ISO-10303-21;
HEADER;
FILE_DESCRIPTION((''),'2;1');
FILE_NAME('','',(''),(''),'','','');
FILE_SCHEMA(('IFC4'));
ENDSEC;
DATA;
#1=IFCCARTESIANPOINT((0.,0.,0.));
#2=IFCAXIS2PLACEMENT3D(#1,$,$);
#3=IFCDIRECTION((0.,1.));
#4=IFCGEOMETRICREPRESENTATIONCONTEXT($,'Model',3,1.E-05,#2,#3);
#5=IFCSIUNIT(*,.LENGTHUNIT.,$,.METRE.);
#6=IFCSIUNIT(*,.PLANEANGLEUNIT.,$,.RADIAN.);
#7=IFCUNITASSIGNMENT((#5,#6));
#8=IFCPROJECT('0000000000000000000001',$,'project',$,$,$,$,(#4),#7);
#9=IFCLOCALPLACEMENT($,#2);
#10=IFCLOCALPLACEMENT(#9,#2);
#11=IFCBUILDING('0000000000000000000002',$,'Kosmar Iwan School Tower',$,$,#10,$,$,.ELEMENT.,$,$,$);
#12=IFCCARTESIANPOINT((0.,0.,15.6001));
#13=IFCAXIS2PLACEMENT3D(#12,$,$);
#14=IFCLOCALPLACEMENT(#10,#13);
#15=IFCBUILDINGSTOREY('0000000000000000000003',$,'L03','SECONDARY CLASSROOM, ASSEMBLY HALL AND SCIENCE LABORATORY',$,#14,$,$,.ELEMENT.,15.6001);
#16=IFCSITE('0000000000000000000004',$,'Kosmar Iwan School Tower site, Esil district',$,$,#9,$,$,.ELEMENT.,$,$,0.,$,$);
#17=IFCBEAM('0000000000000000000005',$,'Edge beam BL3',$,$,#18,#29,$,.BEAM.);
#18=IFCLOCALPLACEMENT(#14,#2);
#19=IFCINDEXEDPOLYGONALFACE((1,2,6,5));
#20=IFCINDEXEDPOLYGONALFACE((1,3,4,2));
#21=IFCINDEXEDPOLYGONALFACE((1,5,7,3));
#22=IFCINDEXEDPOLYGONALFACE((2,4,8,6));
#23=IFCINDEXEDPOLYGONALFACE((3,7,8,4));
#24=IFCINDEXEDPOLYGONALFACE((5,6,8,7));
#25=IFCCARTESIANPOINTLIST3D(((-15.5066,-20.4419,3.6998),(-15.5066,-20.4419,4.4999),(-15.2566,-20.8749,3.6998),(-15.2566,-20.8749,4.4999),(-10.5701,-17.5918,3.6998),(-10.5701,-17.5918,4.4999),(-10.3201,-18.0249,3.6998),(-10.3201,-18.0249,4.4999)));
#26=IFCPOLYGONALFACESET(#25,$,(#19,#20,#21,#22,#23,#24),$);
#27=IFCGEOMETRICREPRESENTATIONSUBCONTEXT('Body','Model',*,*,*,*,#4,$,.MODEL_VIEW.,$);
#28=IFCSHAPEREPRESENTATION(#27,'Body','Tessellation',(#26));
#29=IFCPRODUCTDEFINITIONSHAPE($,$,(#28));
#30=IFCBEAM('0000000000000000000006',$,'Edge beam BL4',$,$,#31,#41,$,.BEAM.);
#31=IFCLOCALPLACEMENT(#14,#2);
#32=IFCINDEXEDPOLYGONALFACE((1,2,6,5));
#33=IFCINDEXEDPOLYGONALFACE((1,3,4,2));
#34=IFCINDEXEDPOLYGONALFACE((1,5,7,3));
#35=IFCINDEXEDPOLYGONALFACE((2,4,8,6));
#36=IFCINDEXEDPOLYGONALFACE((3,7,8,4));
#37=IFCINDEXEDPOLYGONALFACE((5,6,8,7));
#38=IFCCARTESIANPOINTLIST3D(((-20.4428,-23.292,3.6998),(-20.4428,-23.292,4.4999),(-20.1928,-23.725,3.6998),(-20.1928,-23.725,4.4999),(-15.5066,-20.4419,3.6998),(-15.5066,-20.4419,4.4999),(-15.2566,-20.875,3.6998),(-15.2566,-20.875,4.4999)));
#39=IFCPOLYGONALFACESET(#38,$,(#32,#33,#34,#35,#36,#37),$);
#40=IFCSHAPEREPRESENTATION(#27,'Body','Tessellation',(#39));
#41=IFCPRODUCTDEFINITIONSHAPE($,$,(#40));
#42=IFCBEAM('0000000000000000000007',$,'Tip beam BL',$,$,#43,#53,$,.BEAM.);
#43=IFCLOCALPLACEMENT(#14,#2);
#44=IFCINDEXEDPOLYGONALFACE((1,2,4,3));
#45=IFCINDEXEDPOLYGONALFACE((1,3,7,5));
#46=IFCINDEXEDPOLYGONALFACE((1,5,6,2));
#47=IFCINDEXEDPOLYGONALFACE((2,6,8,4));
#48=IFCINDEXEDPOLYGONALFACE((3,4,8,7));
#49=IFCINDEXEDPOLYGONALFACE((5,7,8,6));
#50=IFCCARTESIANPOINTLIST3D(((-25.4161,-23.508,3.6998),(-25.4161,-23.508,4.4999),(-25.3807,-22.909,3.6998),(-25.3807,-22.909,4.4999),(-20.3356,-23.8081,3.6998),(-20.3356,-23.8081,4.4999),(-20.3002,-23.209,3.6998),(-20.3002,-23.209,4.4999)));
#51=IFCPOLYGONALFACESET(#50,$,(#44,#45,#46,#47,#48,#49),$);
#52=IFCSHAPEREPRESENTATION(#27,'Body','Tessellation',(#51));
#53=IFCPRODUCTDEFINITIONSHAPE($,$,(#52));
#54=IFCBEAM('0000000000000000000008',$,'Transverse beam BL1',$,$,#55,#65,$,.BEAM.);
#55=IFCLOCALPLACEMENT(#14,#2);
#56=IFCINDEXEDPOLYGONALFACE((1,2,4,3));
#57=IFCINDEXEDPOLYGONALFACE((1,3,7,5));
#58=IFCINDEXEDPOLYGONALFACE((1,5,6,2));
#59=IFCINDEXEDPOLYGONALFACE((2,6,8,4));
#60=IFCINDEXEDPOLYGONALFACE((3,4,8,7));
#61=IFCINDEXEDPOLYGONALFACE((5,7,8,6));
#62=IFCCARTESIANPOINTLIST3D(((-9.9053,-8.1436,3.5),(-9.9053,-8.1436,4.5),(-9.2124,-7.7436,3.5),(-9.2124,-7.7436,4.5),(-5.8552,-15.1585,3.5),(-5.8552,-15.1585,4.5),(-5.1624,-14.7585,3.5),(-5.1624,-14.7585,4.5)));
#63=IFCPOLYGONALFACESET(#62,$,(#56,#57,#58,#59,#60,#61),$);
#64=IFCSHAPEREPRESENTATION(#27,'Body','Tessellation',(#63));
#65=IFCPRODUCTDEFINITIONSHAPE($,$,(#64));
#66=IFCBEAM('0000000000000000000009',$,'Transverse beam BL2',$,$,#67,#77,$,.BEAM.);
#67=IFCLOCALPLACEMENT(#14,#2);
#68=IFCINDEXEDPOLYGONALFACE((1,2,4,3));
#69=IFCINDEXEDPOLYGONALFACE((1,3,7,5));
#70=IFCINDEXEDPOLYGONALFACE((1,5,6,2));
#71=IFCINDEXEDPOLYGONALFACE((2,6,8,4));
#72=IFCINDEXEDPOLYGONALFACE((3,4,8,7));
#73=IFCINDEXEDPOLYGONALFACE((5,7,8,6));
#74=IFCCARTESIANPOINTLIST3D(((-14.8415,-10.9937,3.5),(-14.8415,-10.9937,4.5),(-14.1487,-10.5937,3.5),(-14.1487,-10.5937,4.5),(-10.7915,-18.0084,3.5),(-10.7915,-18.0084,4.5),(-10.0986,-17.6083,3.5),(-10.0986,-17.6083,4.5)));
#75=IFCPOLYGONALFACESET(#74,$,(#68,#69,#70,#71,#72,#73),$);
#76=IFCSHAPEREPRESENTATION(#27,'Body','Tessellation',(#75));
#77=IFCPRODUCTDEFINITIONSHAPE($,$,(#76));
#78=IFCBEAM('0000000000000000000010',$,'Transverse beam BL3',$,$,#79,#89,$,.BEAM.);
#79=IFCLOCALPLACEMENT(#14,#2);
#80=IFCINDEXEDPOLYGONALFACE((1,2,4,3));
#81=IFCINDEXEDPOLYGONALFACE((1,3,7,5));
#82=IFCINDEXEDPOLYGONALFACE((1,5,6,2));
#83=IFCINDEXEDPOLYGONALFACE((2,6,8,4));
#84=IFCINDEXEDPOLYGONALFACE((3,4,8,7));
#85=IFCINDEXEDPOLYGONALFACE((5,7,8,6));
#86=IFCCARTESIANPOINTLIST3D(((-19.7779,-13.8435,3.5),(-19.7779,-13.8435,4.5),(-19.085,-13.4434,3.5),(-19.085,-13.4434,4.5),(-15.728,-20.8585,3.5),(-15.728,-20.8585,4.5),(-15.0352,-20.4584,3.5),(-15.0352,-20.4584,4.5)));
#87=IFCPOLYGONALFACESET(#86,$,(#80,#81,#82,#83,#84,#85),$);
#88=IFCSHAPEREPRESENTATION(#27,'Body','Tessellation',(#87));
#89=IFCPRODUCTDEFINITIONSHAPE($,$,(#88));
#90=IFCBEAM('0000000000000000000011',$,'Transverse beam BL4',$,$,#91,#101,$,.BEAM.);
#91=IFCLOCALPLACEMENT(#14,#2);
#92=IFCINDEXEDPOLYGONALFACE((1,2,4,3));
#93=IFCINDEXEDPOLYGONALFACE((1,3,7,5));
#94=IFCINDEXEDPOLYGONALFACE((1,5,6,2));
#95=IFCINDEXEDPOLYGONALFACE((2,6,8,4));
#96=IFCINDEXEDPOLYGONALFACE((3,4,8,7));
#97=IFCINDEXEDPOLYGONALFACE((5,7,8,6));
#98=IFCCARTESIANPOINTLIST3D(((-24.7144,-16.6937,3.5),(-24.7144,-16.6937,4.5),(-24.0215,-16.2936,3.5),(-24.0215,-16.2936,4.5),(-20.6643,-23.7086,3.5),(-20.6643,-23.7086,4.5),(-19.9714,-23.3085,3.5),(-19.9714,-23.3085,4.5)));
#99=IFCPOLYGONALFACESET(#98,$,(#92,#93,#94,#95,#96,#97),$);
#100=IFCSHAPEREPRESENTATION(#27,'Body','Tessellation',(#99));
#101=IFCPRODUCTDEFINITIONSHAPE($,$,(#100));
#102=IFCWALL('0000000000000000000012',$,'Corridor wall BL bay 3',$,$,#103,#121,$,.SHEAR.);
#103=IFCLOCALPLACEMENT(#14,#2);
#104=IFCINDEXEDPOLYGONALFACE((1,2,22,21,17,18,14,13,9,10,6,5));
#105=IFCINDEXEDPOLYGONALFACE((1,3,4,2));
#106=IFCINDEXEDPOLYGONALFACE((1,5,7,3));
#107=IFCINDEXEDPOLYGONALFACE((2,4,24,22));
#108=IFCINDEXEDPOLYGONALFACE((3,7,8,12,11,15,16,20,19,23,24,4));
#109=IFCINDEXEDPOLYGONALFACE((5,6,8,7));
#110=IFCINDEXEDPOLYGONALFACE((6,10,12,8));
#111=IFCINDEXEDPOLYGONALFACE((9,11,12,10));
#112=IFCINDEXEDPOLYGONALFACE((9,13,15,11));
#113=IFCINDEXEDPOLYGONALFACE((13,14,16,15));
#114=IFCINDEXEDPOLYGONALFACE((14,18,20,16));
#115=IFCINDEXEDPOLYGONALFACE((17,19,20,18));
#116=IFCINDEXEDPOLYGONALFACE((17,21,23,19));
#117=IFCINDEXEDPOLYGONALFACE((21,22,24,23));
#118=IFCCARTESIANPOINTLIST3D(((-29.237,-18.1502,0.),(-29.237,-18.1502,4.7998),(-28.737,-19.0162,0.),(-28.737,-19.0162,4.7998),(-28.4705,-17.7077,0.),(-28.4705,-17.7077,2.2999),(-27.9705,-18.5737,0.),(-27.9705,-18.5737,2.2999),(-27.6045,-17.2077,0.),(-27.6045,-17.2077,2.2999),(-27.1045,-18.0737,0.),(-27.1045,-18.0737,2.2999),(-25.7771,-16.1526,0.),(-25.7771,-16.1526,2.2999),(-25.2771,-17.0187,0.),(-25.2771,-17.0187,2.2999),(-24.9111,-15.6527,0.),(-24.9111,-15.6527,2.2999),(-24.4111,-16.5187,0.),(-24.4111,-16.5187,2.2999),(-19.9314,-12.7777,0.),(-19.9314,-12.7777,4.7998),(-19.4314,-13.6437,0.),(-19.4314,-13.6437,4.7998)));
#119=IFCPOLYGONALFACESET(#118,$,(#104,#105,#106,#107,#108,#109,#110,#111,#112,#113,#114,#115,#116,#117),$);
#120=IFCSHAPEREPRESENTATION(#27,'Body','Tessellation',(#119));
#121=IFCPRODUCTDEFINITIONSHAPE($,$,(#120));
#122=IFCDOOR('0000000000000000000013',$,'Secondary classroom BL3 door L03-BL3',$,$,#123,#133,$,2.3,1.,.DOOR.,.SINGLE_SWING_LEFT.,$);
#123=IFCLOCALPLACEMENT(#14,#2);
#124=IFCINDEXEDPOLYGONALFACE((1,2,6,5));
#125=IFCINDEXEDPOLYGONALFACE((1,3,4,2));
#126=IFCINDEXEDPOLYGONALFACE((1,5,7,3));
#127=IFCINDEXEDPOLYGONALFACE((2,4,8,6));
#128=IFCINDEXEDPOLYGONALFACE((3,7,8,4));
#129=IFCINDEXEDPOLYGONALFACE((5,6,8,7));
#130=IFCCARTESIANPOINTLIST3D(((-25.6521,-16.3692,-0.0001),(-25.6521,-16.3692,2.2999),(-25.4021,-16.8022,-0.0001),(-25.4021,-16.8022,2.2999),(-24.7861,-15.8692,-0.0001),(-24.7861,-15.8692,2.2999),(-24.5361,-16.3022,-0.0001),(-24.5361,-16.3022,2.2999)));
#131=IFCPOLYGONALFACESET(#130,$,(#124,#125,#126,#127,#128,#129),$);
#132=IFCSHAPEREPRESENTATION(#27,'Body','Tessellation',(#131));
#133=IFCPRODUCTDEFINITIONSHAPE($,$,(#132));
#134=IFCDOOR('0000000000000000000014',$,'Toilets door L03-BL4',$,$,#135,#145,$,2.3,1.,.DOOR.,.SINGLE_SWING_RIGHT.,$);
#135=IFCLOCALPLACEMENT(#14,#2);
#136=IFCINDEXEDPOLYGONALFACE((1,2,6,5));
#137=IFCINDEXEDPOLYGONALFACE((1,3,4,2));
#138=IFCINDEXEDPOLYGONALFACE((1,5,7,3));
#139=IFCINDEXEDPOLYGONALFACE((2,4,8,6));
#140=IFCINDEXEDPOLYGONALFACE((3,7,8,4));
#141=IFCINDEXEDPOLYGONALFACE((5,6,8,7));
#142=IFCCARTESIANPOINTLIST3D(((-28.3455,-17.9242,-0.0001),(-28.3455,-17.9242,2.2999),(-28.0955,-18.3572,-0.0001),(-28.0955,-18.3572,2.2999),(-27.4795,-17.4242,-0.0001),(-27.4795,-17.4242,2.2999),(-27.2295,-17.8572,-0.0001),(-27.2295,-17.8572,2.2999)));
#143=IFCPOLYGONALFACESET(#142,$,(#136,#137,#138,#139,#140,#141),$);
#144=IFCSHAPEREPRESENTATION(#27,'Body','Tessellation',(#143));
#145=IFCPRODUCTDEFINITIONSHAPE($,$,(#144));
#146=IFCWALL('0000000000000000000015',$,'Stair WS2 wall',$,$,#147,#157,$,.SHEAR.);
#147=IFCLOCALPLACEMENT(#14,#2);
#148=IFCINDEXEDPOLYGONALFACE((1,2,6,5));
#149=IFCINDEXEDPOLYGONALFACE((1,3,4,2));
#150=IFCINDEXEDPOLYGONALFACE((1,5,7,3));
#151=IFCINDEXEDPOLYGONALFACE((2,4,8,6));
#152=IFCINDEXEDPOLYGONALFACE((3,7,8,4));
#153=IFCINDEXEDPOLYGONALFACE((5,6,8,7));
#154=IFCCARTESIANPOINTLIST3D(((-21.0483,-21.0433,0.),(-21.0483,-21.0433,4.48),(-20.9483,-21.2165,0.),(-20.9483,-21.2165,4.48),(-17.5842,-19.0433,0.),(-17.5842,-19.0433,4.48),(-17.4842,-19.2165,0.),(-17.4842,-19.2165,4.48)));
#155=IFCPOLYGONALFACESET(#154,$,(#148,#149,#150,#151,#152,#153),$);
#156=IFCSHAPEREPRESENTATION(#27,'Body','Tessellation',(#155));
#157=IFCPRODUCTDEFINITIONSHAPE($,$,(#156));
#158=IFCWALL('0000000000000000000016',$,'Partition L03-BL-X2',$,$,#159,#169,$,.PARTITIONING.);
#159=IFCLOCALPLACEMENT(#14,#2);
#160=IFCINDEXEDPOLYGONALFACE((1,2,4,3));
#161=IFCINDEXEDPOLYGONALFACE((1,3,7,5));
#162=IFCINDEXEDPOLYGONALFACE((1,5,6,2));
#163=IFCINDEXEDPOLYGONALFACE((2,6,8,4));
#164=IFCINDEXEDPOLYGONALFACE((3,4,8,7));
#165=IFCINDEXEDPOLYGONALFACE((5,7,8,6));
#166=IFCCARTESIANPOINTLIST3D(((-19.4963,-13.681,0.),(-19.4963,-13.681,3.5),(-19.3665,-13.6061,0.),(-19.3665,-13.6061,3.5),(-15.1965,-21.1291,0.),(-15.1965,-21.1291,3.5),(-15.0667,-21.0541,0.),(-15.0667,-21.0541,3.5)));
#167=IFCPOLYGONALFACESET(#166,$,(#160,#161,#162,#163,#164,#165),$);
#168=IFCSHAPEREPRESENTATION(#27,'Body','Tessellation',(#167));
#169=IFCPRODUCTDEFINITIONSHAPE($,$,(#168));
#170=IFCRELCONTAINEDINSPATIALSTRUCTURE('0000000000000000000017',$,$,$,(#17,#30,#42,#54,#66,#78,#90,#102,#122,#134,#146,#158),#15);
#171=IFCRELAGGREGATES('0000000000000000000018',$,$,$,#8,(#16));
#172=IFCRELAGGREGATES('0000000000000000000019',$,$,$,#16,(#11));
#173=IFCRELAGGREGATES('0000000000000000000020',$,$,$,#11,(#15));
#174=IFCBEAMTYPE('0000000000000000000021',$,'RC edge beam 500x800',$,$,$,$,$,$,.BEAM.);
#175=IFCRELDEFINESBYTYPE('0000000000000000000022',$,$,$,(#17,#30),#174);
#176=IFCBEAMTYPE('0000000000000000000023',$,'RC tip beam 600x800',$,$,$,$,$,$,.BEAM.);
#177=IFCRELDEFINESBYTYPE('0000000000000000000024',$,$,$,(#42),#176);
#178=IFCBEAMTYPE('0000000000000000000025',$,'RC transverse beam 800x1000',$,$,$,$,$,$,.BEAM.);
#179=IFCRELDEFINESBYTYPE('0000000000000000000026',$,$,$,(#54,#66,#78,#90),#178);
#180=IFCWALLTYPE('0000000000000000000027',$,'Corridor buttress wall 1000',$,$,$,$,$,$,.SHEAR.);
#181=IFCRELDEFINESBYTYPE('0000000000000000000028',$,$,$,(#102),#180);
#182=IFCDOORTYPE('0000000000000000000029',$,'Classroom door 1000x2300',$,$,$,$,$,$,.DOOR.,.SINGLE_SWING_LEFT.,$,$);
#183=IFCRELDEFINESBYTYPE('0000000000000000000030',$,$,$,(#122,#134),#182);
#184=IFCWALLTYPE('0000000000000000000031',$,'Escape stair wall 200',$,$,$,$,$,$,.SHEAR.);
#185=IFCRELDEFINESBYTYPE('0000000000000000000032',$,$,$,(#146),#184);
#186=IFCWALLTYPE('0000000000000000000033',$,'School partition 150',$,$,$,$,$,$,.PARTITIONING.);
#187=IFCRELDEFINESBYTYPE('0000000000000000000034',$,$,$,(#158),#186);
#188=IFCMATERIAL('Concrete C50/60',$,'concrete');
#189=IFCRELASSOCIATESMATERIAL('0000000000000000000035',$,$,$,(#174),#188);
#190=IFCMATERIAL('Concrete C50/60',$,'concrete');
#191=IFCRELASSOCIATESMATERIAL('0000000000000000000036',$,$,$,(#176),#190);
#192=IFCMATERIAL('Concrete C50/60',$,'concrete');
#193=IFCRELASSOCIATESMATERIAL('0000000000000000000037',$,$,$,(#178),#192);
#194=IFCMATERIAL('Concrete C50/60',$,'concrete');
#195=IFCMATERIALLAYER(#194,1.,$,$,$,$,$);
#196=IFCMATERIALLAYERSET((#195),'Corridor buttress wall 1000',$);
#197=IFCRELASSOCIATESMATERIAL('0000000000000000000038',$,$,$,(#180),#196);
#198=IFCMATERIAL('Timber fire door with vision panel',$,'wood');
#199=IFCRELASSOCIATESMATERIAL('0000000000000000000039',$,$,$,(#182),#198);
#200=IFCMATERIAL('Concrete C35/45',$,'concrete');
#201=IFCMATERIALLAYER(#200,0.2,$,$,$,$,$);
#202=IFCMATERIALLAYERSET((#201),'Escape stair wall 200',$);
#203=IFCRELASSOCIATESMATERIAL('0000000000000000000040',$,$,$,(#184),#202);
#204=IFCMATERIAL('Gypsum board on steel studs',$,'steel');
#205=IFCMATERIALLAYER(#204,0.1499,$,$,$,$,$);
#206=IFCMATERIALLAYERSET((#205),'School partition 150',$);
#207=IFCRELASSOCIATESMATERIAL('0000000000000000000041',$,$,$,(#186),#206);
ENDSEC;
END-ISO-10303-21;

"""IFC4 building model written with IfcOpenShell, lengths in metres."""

from ifc_helpers import new_model, si_unit, direction, frame, frame_2d, origin, origin_2d, place, context, subcontext, project, spatial, rectangle, extrude, material, layer, layer_set, material_profile, profile_set, type_object, element, fill, save


model = new_model("IFC4")

# Units and contexts
model_context = context("Model", 3, precision=1e-05, world=origin(), true_north=direction((0.0, 1.0)))
body_context = subcontext(model_context, "Body", "Model", "MODEL_VIEW")
ifc_project = project(units=[si_unit("LENGTHUNIT", "METRE"), si_unit("PLANEANGLEUNIT", "RADIAN")], contexts=[model_context])

# Site, building, storey
site_placement = place(None, origin())
site = spatial("IfcSite", under=ifc_project, at=site_placement, Name="Kosmar Iwan School Tower site, Esil district", CompositionType="ELEMENT", RefElevation=0.0)
building_placement = place(site_placement, origin())
building = spatial("IfcBuilding", under=site, at=building_placement, Name="Kosmar Iwan School Tower", CompositionType="ELEMENT")
storey_placement = place(building_placement, frame((0.0, 0.0, 15.6001)))
storey = spatial("IfcBuildingStorey", under=building, at=storey_placement, Name="L03", Description="SECONDARY CLASSROOM, ASSEMBLY HALL AND SCIENCE LABORATORY", CompositionType="ELEMENT", Elevation=15.6001)

# Beams
ifc_material_1 = material(Name="Concrete C50/60", Category="concrete")
ifc_material_profile_1 = material_profile(ifc_material_1, rectangle(XDim=0.5, YDim=0.8, at=origin_2d()), Name="RC 500x800")
ifc_profile_set_1 = profile_set([ifc_material_profile_1], Name="Concrete C50/60")
beam_type_1 = type_object("IfcBeamType", Name="RC edge beam 500x800", PredefinedType="BEAM", material=ifc_profile_set_1)
beam_1_placement = place(storey_placement, frame((-10.4451, -17.8083, 4.0999), z_axis=(-0.866026, -0.499999, 0.0), x_axis=(0.499999, -0.866026, 0.0)))
element("IfcBeam", 1, at=beam_1_placement, inside=storey, type_object=beam_type_1, Name="Edge beam BL3", PredefinedType="BEAM", context=body_context, shape_type="SweptSolid", body=[
    extrude(rectangle(XDim=0.5, YDim=0.8, at=origin_2d()), origin(), (0.0, 0.0, 1.0), 5.7002),
])
beam_2_placement = place(storey_placement, frame((-15.3816, -20.6584, 4.0999), z_axis=(-0.866015, -0.500018, 0.0), x_axis=(0.500018, -0.866015, 0.0)))
element("IfcBeam", 2, at=beam_2_placement, inside=storey, type_object=beam_type_1, Name="Edge beam BL4", PredefinedType="BEAM", context=body_context, shape_type="SweptSolid", body=[
    extrude(rectangle(XDim=0.5, YDim=0.8, at=origin_2d()), origin(), (0.0, 0.0, 1.0), 5.7),
])
ifc_material_2 = material(Name="Concrete C50/60", Category="concrete")
ifc_material_profile_2 = material_profile(ifc_material_2, rectangle(XDim=0.6001, YDim=0.8, at=origin_2d()), Name="RC 600x800")
ifc_profile_set_2 = profile_set([ifc_material_profile_2], Name="Concrete C50/60")
beam_type_2 = type_object("IfcBeamType", Name="RC tip beam 600x800", PredefinedType="BEAM", material=ifc_profile_set_2)
beam_3_placement = place(storey_placement, frame((-20.3179, -23.5085, 4.0999), z_axis=(-0.998261, 0.058955, 0.0), x_axis=(-0.058955, -0.998261, 0.0)))
element("IfcBeam", 3, at=beam_3_placement, inside=storey, type_object=beam_type_2, Name="Tip beam BL", PredefinedType="BEAM", context=body_context, shape_type="SweptSolid", body=[
    extrude(rectangle(XDim=0.6001, YDim=0.8, at=origin_2d()), origin(), (0.0, 0.0, 1.0), 5.0894),
])
ifc_material_3 = material(Name="Concrete C50/60", Category="concrete")
ifc_material_profile_3 = material_profile(ifc_material_3, rectangle(XDim=0.8, YDim=1.0, at=origin_2d()), Name="RC 800x1000")
ifc_profile_set_3 = profile_set([ifc_material_profile_3], Name="Concrete C50/60")
beam_type_3 = type_object("IfcBeamType", Name="RC transverse beam 800x1000", PredefinedType="BEAM", material=ifc_profile_set_3)
beam_4_placement = place(storey_placement, frame((-5.5088, -14.9585, 4.0), z_axis=(-0.5, 0.866025, 0.0), x_axis=(-0.866025, -0.5, 0.0)))
element("IfcBeam", 4, at=beam_4_placement, inside=storey, type_object=beam_type_3, Name="Transverse beam BL1", PredefinedType="BEAM", context=body_context, shape_type="SweptSolid", body=[
    extrude(rectangle(XDim=0.8, YDim=1.0, at=origin_2d()), origin(), (0.0, 0.0, 1.0), 8.1001),
])
beam_5_placement = place(storey_placement, frame((-10.4451, -17.8083, 4.0), z_axis=(-0.500013, 0.866018, 0.0), x_axis=(-0.866018, -0.500013, 0.0)))
element("IfcBeam", 5, at=beam_5_placement, inside=storey, type_object=beam_type_3, Name="Transverse beam BL2", PredefinedType="BEAM", context=body_context, shape_type="SweptSolid", body=[
    extrude(rectangle(XDim=0.8, YDim=1.0, at=origin_2d()), origin(), (0.0, 0.0, 1.0), 8.0999),
])
for number, where, z_axis, x_axis, name in (
    (6, (-15.3816, -20.6584, 4.0), (-0.499977, 0.866039, 0.0), (-0.866039, -0.499977, 0.0), "Transverse beam BL3"),
    (7, (-20.3179, -23.5085, 4.0), (-0.5, 0.866025, 0.0), (-0.866025, -0.5, 0.0), "Transverse beam BL4"),
):
    element("IfcBeam", number, at=place(storey_placement, frame(where, z_axis=z_axis, x_axis=x_axis)), inside=storey, type_object=beam_type_3, Name=name, PredefinedType="BEAM", context=body_context, shape_type="SweptSolid", body=[
        extrude(rectangle(XDim=0.8, YDim=1.0, at=origin_2d()), origin(), (0.0, 0.0, 1.0), 8.1001),
    ])

# Wall, openings, doors
ifc_material_4 = material(Name="Concrete C50/60", Category="concrete")
ifc_layer_1 = layer(ifc_material_4, 1.0)
ifc_layer_set_1 = layer_set([ifc_layer_1], Name="Corridor buttress wall 1000")
wall_type_1 = type_object("IfcWallType", Name="Corridor buttress wall 1000", PredefinedType="SHEAR", material=ifc_layer_set_1)
wall_1_placement = place(storey_placement, frame((-19.6814, -13.2107, 0.0), z_axis=(0.0, 0.0, 1.0), x_axis=(-0.866028, -0.499995, 0.0)))
wall_1 = element("IfcWall", 8, at=wall_1_placement, inside=storey, type_object=wall_type_1, Name="Corridor wall BL bay 3", PredefinedType="SHEAR", context=body_context, shape_type="SweptSolid", body=[
    extrude(rectangle(XDim=10.7451, YDim=1.0, at=frame_2d((5.3726, 0.0))), origin(), (0.0, 0.0, 1.0), 4.7998),
])
opening_1_placement = place(wall_1_placement, frame((5.75, 0.0, 0.0)))
opening_1 = element("IfcOpeningElement", 9, at=opening_1_placement, cuts=wall_1, PredefinedType="OPENING", context=body_context, shape_type="SweptSolid", body=[
    extrude(rectangle(XDim=1.0, YDim=2.3, at=frame_2d((0.5, 1.1499))), frame((0.0, 0.512, 0.0), z_axis=(0.0, -1.0, 0.0), x_axis=(1.0, 0.0, 0.0)), (0.0, 0.0, 1.0), 1.0239),
])
opening_2_placement = place(wall_1_placement, frame((8.8601, 0.0, 0.0)))
opening_2 = element("IfcOpeningElement", 10, at=opening_2_placement, cuts=wall_1, PredefinedType="OPENING", context=body_context, shape_type="SweptSolid", body=[
    extrude(rectangle(XDim=1.0, YDim=2.3, at=frame_2d((0.5, 1.1499))), frame((0.0, 0.512, 0.0), z_axis=(0.0, -1.0, 0.0), x_axis=(1.0, 0.0, 0.0)), (0.0, 0.0, 1.0), 1.0239),
])
ifc_material_5 = material(Name="Timber fire door with vision panel", Category="wood")
door_type_1 = type_object("IfcDoorType", Name="Classroom door 1000x2300", OperationType="SINGLE_SWING_LEFT", PredefinedType="DOOR", material=ifc_material_5)
door_1_placement = place(opening_1_placement, origin())
door_1 = element("IfcDoor", 11, at=door_1_placement, inside=storey, type_object=door_type_1, Name="Secondary classroom BL3 door L03-BL3", OperationType="SINGLE_SWING_LEFT", OverallHeight=2.3, OverallWidth=1.0, PredefinedType="DOOR", context=body_context, shape_type="SweptSolid", body=[
    extrude(rectangle(XDim=1.0, YDim=2.3, at=frame_2d((0.5, 1.1499))), frame((0.0, 0.25, 0.0), z_axis=(0.0, -1.0, 0.0), x_axis=(1.0, 0.0, 0.0)), (0.0, 0.0, 1.0), 0.5),
])
fill(opening_1, door_1)
door_2_placement = place(opening_2_placement, origin())
door_2 = element("IfcDoor", 12, at=door_2_placement, inside=storey, type_object=door_type_1, Name="Toilets door L03-BL4", OperationType="SINGLE_SWING_RIGHT", OverallHeight=2.3, OverallWidth=1.0, PredefinedType="DOOR", context=body_context, shape_type="SweptSolid", body=[
    extrude(rectangle(XDim=1.0, YDim=2.3, at=frame_2d((0.5, 1.1499))), frame((0.0, 0.25, 0.0), z_axis=(0.0, -1.0, 0.0), x_axis=(1.0, 0.0, 0.0)), (0.0, 0.0, 1.0), 0.5),
])
fill(opening_2, door_2)

# Walls
ifc_material_6 = material(Name="Concrete C35/45", Category="concrete")
ifc_layer_2 = layer(ifc_material_6, 0.2)
ifc_layer_set_2 = layer_set([ifc_layer_2], Name="Escape stair wall 200")
wall_type_2 = type_object("IfcWallType", Name="Escape stair wall 200", PredefinedType="SHEAR", material=ifc_layer_set_2)
wall_2_placement = place(storey_placement, frame((-17.5342, -19.1299, 0.0), z_axis=(0.0, 0.0, 1.0), x_axis=(-0.866026, -0.499999, 0.0)))
element("IfcWall", 13, at=wall_2_placement, inside=storey, type_object=wall_type_2, Name="Stair WS2 wall", PredefinedType="SHEAR", context=body_context, shape_type="SweptSolid", body=[
    extrude(rectangle(XDim=4.0, YDim=0.2, at=frame_2d((2.0, 0.0))), origin(), (0.0, 0.0, 1.0), 4.48),
])
ifc_material_7 = material(Name="Gypsum board on steel studs", Category="steel")
ifc_layer_3 = layer(ifc_material_7, 0.1499)
ifc_layer_set_3 = layer_set([ifc_layer_3], Name="School partition 150")
wall_type_3 = type_object("IfcWallType", Name="School partition 150", PredefinedType="PARTITIONING", material=ifc_layer_set_3)
wall_3_placement = place(storey_placement, frame((-19.4314, -13.6436, 0.0), z_axis=(0.0, 0.0, 1.0), x_axis=(0.499974, -0.86604, 0.0)))
element("IfcWall", 14, at=wall_3_placement, inside=storey, type_object=wall_type_3, Name="Partition L03-BL-X2", PredefinedType="PARTITIONING", context=body_context, shape_type="SweptSolid", body=[
    extrude(rectangle(XDim=8.6001, YDim=0.1499, at=frame_2d((4.3, 0.0))), origin(), (0.0, 0.0, 1.0), 3.5),
])

save(model, "model.ifc")
